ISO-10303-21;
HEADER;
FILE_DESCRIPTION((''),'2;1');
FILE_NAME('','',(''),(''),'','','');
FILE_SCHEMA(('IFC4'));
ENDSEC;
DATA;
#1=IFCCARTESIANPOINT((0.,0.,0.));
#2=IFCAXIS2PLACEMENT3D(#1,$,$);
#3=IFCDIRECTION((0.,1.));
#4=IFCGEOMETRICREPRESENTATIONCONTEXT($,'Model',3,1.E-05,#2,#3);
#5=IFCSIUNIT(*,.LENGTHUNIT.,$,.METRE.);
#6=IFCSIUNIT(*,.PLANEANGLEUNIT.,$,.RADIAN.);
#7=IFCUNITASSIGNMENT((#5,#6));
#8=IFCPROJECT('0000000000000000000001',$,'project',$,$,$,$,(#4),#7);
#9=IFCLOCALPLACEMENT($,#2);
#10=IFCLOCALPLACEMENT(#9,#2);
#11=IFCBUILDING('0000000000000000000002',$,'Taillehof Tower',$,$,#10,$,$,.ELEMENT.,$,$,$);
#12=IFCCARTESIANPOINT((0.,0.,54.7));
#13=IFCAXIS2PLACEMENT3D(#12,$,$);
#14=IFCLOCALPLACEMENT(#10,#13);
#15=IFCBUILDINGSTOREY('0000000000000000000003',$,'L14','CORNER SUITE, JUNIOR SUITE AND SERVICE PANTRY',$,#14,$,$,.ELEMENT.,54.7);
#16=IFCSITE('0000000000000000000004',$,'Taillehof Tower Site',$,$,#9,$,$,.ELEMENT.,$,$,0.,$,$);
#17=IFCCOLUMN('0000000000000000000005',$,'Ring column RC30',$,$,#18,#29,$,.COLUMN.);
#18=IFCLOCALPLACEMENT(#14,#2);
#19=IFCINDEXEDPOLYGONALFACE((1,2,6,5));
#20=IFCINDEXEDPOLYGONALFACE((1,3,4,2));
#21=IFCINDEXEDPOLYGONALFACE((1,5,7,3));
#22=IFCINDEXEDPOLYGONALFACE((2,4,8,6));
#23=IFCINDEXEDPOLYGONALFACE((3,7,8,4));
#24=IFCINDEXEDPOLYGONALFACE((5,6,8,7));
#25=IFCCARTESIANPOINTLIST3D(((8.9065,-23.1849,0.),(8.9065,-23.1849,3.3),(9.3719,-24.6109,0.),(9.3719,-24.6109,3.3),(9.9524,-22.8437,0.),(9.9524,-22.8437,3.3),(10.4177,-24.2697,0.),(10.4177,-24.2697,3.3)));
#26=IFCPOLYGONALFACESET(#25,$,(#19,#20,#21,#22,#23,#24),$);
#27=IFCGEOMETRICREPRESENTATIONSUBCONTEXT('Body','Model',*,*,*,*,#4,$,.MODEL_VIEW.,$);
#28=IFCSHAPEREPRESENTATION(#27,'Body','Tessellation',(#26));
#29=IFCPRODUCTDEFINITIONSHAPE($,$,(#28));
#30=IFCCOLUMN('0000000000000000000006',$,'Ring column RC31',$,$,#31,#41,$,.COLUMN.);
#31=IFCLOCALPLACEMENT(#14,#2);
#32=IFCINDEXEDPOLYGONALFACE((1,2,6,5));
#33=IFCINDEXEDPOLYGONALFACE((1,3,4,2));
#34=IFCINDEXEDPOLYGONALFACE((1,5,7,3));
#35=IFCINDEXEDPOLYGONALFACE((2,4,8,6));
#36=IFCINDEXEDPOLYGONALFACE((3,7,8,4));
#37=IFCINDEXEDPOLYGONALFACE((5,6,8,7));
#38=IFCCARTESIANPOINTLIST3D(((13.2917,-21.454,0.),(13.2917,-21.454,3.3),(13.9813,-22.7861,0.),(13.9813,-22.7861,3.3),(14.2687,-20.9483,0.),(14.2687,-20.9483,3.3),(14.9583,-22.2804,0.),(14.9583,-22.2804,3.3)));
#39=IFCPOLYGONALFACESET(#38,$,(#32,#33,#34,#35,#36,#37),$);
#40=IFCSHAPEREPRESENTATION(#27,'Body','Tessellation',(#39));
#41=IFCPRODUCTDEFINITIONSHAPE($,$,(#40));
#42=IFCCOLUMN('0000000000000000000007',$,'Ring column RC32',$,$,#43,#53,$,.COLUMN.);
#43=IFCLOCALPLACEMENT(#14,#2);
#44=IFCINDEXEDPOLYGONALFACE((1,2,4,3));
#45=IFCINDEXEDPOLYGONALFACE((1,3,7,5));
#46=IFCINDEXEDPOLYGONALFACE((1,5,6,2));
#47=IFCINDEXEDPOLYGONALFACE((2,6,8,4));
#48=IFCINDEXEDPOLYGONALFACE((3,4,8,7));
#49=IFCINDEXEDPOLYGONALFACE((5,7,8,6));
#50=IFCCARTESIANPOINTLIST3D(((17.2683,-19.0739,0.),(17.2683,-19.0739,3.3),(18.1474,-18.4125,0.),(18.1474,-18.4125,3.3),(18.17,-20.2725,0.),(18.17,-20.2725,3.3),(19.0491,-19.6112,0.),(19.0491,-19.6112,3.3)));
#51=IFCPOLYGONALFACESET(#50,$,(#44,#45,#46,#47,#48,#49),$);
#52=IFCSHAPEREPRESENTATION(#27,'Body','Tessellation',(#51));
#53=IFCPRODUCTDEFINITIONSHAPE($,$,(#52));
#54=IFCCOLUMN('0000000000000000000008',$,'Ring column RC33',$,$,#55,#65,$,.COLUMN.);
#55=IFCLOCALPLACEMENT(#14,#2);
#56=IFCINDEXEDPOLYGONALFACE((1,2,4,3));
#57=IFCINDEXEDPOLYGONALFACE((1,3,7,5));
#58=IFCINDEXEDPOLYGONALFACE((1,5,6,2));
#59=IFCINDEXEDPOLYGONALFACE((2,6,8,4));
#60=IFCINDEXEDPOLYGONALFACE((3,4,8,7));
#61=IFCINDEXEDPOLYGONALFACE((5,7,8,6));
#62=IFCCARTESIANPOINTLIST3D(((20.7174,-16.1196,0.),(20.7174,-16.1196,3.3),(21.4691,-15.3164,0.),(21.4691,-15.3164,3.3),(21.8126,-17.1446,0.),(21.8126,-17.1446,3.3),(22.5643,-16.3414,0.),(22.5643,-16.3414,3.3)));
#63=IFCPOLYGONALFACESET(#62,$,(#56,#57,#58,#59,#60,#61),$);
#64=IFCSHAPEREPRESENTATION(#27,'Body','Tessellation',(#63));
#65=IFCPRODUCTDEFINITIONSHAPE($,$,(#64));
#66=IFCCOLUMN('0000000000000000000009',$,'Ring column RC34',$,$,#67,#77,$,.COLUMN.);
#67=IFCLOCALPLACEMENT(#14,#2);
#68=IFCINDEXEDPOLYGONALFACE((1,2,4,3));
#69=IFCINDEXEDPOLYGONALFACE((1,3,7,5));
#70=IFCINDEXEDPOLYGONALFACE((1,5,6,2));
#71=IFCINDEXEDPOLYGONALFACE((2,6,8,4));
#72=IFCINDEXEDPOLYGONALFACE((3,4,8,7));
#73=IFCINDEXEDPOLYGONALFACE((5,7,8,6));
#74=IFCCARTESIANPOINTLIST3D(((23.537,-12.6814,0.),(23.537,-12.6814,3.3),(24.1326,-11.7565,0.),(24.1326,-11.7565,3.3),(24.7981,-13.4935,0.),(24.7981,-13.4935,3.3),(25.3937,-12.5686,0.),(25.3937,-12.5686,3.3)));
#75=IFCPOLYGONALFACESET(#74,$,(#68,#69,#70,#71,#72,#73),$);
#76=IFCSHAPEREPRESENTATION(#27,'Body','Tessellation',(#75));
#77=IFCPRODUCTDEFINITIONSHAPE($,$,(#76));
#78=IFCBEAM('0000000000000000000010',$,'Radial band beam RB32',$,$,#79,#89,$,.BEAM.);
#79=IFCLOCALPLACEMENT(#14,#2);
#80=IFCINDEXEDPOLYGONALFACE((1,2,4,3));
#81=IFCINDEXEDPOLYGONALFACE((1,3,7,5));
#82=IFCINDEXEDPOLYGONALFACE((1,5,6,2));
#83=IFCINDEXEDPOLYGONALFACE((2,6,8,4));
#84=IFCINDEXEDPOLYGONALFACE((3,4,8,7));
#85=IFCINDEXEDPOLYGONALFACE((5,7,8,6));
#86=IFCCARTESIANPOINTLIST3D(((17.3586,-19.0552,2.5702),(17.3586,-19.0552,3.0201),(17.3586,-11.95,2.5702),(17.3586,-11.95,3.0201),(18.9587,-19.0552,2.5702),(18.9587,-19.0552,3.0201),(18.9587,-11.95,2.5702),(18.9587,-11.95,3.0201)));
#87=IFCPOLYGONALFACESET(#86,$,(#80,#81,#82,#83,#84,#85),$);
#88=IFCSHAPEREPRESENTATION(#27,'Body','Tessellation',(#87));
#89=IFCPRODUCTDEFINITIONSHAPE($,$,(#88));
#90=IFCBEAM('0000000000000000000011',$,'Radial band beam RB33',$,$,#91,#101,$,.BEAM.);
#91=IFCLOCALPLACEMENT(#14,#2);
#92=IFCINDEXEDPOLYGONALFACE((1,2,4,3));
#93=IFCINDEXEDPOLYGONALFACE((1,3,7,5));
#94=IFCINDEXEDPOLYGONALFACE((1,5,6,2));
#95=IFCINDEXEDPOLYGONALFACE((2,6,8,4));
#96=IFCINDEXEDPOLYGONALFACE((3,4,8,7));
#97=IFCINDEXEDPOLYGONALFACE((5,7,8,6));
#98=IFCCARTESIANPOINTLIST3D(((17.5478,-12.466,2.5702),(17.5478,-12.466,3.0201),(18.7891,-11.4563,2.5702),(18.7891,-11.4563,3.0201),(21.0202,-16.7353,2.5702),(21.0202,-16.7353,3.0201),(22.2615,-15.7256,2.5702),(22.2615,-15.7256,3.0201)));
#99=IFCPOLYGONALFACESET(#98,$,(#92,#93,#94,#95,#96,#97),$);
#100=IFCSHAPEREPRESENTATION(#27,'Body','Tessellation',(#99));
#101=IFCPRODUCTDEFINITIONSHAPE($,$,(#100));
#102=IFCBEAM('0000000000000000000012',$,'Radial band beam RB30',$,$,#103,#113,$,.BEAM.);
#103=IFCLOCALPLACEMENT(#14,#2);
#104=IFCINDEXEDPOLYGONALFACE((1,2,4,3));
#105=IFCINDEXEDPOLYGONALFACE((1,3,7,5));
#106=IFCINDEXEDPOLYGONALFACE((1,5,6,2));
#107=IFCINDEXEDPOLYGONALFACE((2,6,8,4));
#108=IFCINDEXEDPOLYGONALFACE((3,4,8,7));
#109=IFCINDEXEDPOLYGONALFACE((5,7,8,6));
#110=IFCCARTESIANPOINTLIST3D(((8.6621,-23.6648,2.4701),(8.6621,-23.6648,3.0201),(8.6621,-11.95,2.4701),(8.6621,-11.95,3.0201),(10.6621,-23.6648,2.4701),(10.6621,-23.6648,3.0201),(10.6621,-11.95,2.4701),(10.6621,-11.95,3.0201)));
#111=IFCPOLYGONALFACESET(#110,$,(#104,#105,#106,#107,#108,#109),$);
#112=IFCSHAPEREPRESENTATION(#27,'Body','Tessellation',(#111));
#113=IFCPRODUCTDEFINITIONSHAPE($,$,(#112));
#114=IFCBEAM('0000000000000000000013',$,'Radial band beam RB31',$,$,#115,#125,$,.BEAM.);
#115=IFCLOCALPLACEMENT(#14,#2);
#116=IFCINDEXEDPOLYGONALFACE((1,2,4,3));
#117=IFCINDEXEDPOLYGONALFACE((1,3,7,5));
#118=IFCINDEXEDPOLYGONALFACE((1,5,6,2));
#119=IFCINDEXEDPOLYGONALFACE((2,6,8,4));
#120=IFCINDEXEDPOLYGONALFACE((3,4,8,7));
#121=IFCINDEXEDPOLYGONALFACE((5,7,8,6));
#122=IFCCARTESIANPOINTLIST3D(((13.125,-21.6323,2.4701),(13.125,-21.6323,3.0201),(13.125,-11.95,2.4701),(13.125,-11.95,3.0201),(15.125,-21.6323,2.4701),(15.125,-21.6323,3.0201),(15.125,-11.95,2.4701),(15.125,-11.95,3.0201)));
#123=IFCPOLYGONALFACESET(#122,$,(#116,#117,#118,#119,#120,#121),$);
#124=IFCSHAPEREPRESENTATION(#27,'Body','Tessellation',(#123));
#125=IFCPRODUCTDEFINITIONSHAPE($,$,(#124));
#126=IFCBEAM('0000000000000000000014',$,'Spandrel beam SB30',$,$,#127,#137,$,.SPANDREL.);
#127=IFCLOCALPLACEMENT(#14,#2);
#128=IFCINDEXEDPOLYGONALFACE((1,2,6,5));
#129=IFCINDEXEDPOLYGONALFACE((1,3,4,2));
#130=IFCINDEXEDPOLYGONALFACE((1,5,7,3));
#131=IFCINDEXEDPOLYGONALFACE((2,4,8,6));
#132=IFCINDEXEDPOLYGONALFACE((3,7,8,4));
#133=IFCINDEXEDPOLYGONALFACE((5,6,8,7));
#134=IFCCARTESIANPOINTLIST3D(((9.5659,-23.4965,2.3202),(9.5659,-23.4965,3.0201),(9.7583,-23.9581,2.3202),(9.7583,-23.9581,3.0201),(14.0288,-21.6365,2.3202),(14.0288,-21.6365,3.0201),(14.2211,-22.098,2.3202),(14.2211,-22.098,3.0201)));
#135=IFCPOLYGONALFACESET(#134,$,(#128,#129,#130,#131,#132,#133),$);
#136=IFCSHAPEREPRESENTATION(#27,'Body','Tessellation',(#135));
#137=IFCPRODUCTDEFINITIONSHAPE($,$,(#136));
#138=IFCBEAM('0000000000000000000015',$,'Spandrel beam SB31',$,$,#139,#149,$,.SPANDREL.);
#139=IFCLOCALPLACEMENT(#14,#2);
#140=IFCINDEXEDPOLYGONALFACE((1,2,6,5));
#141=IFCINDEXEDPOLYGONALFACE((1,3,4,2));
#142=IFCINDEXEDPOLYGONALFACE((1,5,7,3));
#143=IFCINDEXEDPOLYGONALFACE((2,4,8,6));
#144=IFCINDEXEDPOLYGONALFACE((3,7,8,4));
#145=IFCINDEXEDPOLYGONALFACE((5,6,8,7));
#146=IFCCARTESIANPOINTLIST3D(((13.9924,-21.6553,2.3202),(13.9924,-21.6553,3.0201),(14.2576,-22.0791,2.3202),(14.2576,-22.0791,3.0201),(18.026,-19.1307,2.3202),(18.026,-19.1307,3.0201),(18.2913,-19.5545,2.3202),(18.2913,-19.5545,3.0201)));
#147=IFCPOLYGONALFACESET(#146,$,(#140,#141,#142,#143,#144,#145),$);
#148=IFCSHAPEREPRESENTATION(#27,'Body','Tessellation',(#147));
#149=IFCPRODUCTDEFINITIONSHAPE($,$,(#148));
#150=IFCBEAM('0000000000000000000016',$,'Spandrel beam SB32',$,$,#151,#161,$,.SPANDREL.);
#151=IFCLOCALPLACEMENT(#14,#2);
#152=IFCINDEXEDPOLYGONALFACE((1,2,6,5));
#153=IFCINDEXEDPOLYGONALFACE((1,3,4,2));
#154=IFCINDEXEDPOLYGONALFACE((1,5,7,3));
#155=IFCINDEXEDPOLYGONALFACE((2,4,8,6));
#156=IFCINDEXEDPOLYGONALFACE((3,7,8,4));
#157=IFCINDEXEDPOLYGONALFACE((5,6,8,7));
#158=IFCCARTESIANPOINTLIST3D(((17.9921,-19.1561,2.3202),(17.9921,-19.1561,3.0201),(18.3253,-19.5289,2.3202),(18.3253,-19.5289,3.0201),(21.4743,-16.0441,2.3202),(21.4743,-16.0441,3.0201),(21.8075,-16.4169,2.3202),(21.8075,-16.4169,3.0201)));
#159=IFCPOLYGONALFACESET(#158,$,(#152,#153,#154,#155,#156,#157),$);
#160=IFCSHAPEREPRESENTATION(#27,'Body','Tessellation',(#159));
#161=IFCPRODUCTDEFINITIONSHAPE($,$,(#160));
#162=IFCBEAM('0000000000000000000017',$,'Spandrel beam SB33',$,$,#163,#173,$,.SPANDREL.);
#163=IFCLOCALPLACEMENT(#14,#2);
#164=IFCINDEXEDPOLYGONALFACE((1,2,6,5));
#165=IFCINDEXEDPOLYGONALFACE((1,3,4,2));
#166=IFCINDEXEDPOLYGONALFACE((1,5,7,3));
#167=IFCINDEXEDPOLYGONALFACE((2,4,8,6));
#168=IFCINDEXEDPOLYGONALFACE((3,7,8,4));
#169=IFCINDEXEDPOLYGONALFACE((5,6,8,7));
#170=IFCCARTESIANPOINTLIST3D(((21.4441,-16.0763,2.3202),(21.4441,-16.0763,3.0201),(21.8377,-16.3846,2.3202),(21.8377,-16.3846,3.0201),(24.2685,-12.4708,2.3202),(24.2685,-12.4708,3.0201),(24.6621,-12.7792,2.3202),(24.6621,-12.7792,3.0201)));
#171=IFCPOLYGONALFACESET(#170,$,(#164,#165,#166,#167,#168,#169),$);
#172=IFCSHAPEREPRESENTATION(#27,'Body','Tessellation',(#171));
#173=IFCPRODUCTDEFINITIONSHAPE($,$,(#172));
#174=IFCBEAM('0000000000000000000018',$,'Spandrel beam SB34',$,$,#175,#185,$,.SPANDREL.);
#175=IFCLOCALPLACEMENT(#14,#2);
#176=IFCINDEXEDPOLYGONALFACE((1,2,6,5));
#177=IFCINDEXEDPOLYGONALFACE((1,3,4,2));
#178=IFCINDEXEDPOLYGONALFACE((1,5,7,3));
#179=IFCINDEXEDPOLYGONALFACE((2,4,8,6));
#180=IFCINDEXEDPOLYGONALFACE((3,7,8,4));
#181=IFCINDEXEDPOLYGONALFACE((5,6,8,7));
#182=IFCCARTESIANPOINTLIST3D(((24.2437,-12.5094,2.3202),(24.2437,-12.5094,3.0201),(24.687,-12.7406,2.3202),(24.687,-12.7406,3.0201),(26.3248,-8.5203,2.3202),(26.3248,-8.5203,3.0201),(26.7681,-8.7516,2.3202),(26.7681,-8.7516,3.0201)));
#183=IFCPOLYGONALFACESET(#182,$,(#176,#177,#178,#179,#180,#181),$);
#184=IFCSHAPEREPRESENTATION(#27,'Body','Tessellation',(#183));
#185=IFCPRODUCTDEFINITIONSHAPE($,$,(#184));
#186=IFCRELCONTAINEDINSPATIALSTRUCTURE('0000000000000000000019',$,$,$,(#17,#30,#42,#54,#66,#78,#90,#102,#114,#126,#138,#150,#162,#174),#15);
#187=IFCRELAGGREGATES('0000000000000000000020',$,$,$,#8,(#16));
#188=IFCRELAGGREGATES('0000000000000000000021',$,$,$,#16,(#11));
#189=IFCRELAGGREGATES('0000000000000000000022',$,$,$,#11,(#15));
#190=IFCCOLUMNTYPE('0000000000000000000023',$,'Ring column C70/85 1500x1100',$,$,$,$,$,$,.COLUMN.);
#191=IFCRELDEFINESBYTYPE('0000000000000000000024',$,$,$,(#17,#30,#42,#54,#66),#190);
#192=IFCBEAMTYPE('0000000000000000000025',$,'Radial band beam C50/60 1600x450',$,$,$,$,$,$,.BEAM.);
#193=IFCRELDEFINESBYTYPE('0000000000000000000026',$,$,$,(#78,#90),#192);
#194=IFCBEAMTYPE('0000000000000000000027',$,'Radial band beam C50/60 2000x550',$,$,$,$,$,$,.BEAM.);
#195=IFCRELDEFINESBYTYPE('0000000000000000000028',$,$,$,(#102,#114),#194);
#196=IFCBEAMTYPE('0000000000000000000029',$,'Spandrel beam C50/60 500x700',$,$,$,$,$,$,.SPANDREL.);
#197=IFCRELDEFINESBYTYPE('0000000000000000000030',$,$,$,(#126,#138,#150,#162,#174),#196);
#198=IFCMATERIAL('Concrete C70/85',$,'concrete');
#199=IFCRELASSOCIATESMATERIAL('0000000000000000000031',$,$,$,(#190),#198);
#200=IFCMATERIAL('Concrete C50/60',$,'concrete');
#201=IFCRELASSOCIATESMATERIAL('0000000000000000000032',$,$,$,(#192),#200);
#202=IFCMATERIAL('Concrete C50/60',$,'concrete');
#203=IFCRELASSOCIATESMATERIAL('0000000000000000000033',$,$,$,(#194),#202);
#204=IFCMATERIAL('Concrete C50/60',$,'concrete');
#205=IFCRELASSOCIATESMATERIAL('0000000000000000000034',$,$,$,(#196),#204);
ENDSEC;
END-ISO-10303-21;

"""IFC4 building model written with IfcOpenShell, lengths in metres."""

from ifc_helpers import new_model, si_unit, direction, frame, origin, origin_2d, place, context, subcontext, project, spatial, rectangle, extrude, material, material_profile, profile_set, type_object, element, save


model = new_model("IFC4")

# Units and contexts
model_context = context("Model", 3, precision=1e-05, world=origin(), true_north=direction((0.0, 1.0)))
body_context = subcontext(model_context, "Body", "Model", "MODEL_VIEW")
ifc_project = project(units=[si_unit("LENGTHUNIT", "METRE"), si_unit("PLANEANGLEUNIT", "RADIAN")], contexts=[model_context])

# Site, building, storey
site_placement = place(None, origin())
site = spatial("IfcSite", under=ifc_project, at=site_placement, Name="Taillehof Tower Site", CompositionType="ELEMENT", RefElevation=0.0)
building_placement = place(site_placement, origin())
building = spatial("IfcBuilding", under=site, at=building_placement, Name="Taillehof Tower", CompositionType="ELEMENT")
storey_placement = place(building_placement, frame((0.0, 0.0, 54.7)))
storey = spatial("IfcBuildingStorey", under=building, at=storey_placement, Name="L14", Description="CORNER SUITE, JUNIOR SUITE AND SERVICE PANTRY", CompositionType="ELEMENT", Elevation=54.7)

# Columns
ifc_material_1 = material(Name="Concrete C70/85", Category="concrete")
ifc_material_profile_1 = material_profile(ifc_material_1, rectangle(XDim=1.5, YDim=1.1001, at=origin_2d()), Name="RC 1500x1100")
ifc_profile_set_1 = profile_set([ifc_material_profile_1], Name="Concrete C70/85")
column_type = type_object("IfcColumnType", Name="Ring column C70/85 1500x1100", PredefinedType="COLUMN", material=ifc_profile_set_1)
for number, where, z_axis, x_axis, name in (
    (1, (9.6621, -23.7273, 0.0), (0.0, 0.0, 1.0), (0.310219, -0.950665, 0.0), "Ring column RC30"),
    (2, (14.125, -21.8672, 0.0), (0.0, 0.0, 1.0), (0.459691, -0.888079, 0.0), "Ring column RC31"),
    (3, (18.1587, -19.3425, 0.0), (0.0, 0.0, 1.0), (0.601174, -0.799118, 0.0), "Ring column RC32"),
    (4, (21.6409, -16.2305, 0.0), (0.0, 0.0, 1.0), (0.730113, -0.683326, 0.0), "Ring column RC33"),
    (5, (24.4653, -12.625, 0.0), (0.0, 0.0, 1.0), (0.840754, -0.541418, 0.0), "Ring column RC34"),
):
    element("IfcColumn", number, at=place(storey_placement, frame(where, z_axis=z_axis, x_axis=x_axis)), inside=storey, type_object=column_type, Name=name, PredefinedType="COLUMN", context=body_context, shape_type="SweptSolid", body=[
        extrude(rectangle(XDim=1.5, YDim=1.1001, at=origin_2d()), origin(), (0.0, 0.0, 1.0), 3.3),
    ])

# Beams
ifc_material_2 = material(Name="Concrete C50/60", Category="concrete")
ifc_material_profile_2 = material_profile(ifc_material_2, rectangle(XDim=1.6001, YDim=0.45, at=origin_2d()), Name="RC 1600x450")
ifc_profile_set_2 = profile_set([ifc_material_profile_2], Name="Concrete C50/60")
beam_type_1 = type_object("IfcBeamType", Name="Radial band beam C50/60 1600x450", PredefinedType="BEAM", material=ifc_profile_set_2)
beam_1_placement = place(storey_placement, frame((18.1587, -19.0552, 2.7952), z_axis=(0.0, 1.0, 0.0), x_axis=(-1.0, 0.0, 0.0)))
element("IfcBeam", 6, at=beam_1_placement, inside=storey, type_object=beam_type_1, Name="Radial band beam RB32", PredefinedType="BEAM", context=body_context, shape_type="SweptSolid", body=[
    extrude(rectangle(XDim=1.6001, YDim=0.45, at=origin_2d()), origin(), (0.0, 0.0, 1.0), 7.1052),
])
beam_2_placement = place(storey_placement, frame((21.6409, -16.2305, 2.7952), z_axis=(-0.630988, 0.775792, 0.0), x_axis=(-0.775792, -0.630988, 0.0)))
element("IfcBeam", 7, at=beam_2_placement, inside=storey, type_object=beam_type_1, Name="Radial band beam RB33", PredefinedType="BEAM", context=body_context, shape_type="SweptSolid", body=[
    extrude(rectangle(XDim=1.6001, YDim=0.45, at=origin_2d()), origin(), (0.0, 0.0, 1.0), 5.5032),
])
ifc_material_3 = material(Name="Concrete C50/60", Category="concrete")
ifc_material_profile_3 = material_profile(ifc_material_3, rectangle(XDim=2.0, YDim=0.55, at=origin_2d()), Name="RC 2000x550")
ifc_profile_set_3 = profile_set([ifc_material_profile_3], Name="Concrete C50/60")
beam_type_2 = type_object("IfcBeamType", Name="Radial band beam C50/60 2000x550", PredefinedType="BEAM", material=ifc_profile_set_3)
beam_3_placement = place(storey_placement, frame((9.6621, -23.6648, 2.7451), z_axis=(0.0, 1.0, 0.0), x_axis=(-1.0, 0.0, 0.0)))
element("IfcBeam", 8, at=beam_3_placement, inside=storey, type_object=beam_type_2, Name="Radial band beam RB30", PredefinedType="BEAM", context=body_context, shape_type="SweptSolid", body=[
    extrude(rectangle(XDim=2.0, YDim=0.55, at=origin_2d()), origin(), (0.0, 0.0, 1.0), 11.7148),
])
beam_4_placement = place(storey_placement, frame((14.125, -21.6323, 2.7451), z_axis=(0.0, 1.0, 0.0), x_axis=(-1.0, 0.0, 0.0)))
element("IfcBeam", 9, at=beam_4_placement, inside=storey, type_object=beam_type_2, Name="Radial band beam RB31", PredefinedType="BEAM", context=body_context, shape_type="SweptSolid", body=[
    extrude(rectangle(XDim=2.0, YDim=0.55, at=origin_2d()), origin(), (0.0, 0.0, 1.0), 9.6824),
])
ifc_material_4 = material(Name="Concrete C50/60", Category="concrete")
ifc_material_profile_4 = material_profile(ifc_material_4, rectangle(XDim=0.5, YDim=0.7, at=origin_2d()), Name="RC 500x700")
ifc_profile_set_4 = profile_set([ifc_material_profile_4], Name="Concrete C50/60")
beam_type_3 = type_object("IfcBeamType", Name="Spandrel beam C50/60 500x700", PredefinedType="SPANDREL", material=ifc_profile_set_4)
beam_5_placement = place(storey_placement, frame((9.6621, -23.7273, 2.6702), z_axis=(0.923035, 0.384716, 0.0), x_axis=(-0.384716, 0.923035, 0.0)))
element("IfcBeam", 10, at=beam_5_placement, inside=storey, type_object=beam_type_3, Name="Spandrel beam SB30", PredefinedType="SPANDREL", context=body_context, shape_type="SweptSolid", body=[
    extrude(rectangle(XDim=0.5, YDim=0.7, at=origin_2d()), origin(), (0.0, 0.0, 1.0), 4.835),
])
beam_6_placement = place(storey_placement, frame((14.125, -21.8672, 2.6702), z_axis=(0.847658, 0.530543, 0.0), x_axis=(-0.530543, 0.847658, 0.0)))
element("IfcBeam", 11, at=beam_6_placement, inside=storey, type_object=beam_type_3, Name="Spandrel beam SB31", PredefinedType="SPANDREL", context=body_context, shape_type="SweptSolid", body=[
    extrude(rectangle(XDim=0.5, YDim=0.7, at=origin_2d()), origin(), (0.0, 0.0, 1.0), 4.7585),
])
beam_7_placement = place(storey_placement, frame((18.1587, -19.3425, 2.6702), z_axis=(0.745621, 0.66637, 0.0), x_axis=(-0.66637, 0.745621, 0.0)))
element("IfcBeam", 12, at=beam_7_placement, inside=storey, type_object=beam_type_3, Name="Spandrel beam SB32", PredefinedType="SPANDREL", context=body_context, shape_type="SweptSolid", body=[
    extrude(rectangle(XDim=0.5, YDim=0.7, at=origin_2d()), origin(), (0.0, 0.0, 1.0), 4.6702),
])
beam_8_placement = place(storey_placement, frame((21.6409, -16.2305, 2.6702), z_axis=(0.616686, 0.787209, 0.0), x_axis=(-0.787209, 0.616686, 0.0)))
element("IfcBeam", 13, at=beam_8_placement, inside=storey, type_object=beam_type_3, Name="Spandrel beam SB33", PredefinedType="SPANDREL", context=body_context, shape_type="SweptSolid", body=[
    extrude(rectangle(XDim=0.5, YDim=0.7, at=origin_2d()), origin(), (0.0, 0.0, 1.0), 4.5801),
])
beam_9_placement = place(storey_placement, frame((24.4653, -12.625, 2.6702), z_axis=(0.462536, 0.8866, 0.0), x_axis=(-0.8866, 0.462536, 0.0)))
element("IfcBeam", 14, at=beam_9_placement, inside=storey, type_object=beam_type_3, Name="Spandrel beam SB34", PredefinedType="SPANDREL", context=body_context, shape_type="SweptSolid", body=[
    extrude(rectangle(XDim=0.5, YDim=0.7, at=origin_2d()), origin(), (0.0, 0.0, 1.0), 4.4993),
])

save(model, "model.ifc")
